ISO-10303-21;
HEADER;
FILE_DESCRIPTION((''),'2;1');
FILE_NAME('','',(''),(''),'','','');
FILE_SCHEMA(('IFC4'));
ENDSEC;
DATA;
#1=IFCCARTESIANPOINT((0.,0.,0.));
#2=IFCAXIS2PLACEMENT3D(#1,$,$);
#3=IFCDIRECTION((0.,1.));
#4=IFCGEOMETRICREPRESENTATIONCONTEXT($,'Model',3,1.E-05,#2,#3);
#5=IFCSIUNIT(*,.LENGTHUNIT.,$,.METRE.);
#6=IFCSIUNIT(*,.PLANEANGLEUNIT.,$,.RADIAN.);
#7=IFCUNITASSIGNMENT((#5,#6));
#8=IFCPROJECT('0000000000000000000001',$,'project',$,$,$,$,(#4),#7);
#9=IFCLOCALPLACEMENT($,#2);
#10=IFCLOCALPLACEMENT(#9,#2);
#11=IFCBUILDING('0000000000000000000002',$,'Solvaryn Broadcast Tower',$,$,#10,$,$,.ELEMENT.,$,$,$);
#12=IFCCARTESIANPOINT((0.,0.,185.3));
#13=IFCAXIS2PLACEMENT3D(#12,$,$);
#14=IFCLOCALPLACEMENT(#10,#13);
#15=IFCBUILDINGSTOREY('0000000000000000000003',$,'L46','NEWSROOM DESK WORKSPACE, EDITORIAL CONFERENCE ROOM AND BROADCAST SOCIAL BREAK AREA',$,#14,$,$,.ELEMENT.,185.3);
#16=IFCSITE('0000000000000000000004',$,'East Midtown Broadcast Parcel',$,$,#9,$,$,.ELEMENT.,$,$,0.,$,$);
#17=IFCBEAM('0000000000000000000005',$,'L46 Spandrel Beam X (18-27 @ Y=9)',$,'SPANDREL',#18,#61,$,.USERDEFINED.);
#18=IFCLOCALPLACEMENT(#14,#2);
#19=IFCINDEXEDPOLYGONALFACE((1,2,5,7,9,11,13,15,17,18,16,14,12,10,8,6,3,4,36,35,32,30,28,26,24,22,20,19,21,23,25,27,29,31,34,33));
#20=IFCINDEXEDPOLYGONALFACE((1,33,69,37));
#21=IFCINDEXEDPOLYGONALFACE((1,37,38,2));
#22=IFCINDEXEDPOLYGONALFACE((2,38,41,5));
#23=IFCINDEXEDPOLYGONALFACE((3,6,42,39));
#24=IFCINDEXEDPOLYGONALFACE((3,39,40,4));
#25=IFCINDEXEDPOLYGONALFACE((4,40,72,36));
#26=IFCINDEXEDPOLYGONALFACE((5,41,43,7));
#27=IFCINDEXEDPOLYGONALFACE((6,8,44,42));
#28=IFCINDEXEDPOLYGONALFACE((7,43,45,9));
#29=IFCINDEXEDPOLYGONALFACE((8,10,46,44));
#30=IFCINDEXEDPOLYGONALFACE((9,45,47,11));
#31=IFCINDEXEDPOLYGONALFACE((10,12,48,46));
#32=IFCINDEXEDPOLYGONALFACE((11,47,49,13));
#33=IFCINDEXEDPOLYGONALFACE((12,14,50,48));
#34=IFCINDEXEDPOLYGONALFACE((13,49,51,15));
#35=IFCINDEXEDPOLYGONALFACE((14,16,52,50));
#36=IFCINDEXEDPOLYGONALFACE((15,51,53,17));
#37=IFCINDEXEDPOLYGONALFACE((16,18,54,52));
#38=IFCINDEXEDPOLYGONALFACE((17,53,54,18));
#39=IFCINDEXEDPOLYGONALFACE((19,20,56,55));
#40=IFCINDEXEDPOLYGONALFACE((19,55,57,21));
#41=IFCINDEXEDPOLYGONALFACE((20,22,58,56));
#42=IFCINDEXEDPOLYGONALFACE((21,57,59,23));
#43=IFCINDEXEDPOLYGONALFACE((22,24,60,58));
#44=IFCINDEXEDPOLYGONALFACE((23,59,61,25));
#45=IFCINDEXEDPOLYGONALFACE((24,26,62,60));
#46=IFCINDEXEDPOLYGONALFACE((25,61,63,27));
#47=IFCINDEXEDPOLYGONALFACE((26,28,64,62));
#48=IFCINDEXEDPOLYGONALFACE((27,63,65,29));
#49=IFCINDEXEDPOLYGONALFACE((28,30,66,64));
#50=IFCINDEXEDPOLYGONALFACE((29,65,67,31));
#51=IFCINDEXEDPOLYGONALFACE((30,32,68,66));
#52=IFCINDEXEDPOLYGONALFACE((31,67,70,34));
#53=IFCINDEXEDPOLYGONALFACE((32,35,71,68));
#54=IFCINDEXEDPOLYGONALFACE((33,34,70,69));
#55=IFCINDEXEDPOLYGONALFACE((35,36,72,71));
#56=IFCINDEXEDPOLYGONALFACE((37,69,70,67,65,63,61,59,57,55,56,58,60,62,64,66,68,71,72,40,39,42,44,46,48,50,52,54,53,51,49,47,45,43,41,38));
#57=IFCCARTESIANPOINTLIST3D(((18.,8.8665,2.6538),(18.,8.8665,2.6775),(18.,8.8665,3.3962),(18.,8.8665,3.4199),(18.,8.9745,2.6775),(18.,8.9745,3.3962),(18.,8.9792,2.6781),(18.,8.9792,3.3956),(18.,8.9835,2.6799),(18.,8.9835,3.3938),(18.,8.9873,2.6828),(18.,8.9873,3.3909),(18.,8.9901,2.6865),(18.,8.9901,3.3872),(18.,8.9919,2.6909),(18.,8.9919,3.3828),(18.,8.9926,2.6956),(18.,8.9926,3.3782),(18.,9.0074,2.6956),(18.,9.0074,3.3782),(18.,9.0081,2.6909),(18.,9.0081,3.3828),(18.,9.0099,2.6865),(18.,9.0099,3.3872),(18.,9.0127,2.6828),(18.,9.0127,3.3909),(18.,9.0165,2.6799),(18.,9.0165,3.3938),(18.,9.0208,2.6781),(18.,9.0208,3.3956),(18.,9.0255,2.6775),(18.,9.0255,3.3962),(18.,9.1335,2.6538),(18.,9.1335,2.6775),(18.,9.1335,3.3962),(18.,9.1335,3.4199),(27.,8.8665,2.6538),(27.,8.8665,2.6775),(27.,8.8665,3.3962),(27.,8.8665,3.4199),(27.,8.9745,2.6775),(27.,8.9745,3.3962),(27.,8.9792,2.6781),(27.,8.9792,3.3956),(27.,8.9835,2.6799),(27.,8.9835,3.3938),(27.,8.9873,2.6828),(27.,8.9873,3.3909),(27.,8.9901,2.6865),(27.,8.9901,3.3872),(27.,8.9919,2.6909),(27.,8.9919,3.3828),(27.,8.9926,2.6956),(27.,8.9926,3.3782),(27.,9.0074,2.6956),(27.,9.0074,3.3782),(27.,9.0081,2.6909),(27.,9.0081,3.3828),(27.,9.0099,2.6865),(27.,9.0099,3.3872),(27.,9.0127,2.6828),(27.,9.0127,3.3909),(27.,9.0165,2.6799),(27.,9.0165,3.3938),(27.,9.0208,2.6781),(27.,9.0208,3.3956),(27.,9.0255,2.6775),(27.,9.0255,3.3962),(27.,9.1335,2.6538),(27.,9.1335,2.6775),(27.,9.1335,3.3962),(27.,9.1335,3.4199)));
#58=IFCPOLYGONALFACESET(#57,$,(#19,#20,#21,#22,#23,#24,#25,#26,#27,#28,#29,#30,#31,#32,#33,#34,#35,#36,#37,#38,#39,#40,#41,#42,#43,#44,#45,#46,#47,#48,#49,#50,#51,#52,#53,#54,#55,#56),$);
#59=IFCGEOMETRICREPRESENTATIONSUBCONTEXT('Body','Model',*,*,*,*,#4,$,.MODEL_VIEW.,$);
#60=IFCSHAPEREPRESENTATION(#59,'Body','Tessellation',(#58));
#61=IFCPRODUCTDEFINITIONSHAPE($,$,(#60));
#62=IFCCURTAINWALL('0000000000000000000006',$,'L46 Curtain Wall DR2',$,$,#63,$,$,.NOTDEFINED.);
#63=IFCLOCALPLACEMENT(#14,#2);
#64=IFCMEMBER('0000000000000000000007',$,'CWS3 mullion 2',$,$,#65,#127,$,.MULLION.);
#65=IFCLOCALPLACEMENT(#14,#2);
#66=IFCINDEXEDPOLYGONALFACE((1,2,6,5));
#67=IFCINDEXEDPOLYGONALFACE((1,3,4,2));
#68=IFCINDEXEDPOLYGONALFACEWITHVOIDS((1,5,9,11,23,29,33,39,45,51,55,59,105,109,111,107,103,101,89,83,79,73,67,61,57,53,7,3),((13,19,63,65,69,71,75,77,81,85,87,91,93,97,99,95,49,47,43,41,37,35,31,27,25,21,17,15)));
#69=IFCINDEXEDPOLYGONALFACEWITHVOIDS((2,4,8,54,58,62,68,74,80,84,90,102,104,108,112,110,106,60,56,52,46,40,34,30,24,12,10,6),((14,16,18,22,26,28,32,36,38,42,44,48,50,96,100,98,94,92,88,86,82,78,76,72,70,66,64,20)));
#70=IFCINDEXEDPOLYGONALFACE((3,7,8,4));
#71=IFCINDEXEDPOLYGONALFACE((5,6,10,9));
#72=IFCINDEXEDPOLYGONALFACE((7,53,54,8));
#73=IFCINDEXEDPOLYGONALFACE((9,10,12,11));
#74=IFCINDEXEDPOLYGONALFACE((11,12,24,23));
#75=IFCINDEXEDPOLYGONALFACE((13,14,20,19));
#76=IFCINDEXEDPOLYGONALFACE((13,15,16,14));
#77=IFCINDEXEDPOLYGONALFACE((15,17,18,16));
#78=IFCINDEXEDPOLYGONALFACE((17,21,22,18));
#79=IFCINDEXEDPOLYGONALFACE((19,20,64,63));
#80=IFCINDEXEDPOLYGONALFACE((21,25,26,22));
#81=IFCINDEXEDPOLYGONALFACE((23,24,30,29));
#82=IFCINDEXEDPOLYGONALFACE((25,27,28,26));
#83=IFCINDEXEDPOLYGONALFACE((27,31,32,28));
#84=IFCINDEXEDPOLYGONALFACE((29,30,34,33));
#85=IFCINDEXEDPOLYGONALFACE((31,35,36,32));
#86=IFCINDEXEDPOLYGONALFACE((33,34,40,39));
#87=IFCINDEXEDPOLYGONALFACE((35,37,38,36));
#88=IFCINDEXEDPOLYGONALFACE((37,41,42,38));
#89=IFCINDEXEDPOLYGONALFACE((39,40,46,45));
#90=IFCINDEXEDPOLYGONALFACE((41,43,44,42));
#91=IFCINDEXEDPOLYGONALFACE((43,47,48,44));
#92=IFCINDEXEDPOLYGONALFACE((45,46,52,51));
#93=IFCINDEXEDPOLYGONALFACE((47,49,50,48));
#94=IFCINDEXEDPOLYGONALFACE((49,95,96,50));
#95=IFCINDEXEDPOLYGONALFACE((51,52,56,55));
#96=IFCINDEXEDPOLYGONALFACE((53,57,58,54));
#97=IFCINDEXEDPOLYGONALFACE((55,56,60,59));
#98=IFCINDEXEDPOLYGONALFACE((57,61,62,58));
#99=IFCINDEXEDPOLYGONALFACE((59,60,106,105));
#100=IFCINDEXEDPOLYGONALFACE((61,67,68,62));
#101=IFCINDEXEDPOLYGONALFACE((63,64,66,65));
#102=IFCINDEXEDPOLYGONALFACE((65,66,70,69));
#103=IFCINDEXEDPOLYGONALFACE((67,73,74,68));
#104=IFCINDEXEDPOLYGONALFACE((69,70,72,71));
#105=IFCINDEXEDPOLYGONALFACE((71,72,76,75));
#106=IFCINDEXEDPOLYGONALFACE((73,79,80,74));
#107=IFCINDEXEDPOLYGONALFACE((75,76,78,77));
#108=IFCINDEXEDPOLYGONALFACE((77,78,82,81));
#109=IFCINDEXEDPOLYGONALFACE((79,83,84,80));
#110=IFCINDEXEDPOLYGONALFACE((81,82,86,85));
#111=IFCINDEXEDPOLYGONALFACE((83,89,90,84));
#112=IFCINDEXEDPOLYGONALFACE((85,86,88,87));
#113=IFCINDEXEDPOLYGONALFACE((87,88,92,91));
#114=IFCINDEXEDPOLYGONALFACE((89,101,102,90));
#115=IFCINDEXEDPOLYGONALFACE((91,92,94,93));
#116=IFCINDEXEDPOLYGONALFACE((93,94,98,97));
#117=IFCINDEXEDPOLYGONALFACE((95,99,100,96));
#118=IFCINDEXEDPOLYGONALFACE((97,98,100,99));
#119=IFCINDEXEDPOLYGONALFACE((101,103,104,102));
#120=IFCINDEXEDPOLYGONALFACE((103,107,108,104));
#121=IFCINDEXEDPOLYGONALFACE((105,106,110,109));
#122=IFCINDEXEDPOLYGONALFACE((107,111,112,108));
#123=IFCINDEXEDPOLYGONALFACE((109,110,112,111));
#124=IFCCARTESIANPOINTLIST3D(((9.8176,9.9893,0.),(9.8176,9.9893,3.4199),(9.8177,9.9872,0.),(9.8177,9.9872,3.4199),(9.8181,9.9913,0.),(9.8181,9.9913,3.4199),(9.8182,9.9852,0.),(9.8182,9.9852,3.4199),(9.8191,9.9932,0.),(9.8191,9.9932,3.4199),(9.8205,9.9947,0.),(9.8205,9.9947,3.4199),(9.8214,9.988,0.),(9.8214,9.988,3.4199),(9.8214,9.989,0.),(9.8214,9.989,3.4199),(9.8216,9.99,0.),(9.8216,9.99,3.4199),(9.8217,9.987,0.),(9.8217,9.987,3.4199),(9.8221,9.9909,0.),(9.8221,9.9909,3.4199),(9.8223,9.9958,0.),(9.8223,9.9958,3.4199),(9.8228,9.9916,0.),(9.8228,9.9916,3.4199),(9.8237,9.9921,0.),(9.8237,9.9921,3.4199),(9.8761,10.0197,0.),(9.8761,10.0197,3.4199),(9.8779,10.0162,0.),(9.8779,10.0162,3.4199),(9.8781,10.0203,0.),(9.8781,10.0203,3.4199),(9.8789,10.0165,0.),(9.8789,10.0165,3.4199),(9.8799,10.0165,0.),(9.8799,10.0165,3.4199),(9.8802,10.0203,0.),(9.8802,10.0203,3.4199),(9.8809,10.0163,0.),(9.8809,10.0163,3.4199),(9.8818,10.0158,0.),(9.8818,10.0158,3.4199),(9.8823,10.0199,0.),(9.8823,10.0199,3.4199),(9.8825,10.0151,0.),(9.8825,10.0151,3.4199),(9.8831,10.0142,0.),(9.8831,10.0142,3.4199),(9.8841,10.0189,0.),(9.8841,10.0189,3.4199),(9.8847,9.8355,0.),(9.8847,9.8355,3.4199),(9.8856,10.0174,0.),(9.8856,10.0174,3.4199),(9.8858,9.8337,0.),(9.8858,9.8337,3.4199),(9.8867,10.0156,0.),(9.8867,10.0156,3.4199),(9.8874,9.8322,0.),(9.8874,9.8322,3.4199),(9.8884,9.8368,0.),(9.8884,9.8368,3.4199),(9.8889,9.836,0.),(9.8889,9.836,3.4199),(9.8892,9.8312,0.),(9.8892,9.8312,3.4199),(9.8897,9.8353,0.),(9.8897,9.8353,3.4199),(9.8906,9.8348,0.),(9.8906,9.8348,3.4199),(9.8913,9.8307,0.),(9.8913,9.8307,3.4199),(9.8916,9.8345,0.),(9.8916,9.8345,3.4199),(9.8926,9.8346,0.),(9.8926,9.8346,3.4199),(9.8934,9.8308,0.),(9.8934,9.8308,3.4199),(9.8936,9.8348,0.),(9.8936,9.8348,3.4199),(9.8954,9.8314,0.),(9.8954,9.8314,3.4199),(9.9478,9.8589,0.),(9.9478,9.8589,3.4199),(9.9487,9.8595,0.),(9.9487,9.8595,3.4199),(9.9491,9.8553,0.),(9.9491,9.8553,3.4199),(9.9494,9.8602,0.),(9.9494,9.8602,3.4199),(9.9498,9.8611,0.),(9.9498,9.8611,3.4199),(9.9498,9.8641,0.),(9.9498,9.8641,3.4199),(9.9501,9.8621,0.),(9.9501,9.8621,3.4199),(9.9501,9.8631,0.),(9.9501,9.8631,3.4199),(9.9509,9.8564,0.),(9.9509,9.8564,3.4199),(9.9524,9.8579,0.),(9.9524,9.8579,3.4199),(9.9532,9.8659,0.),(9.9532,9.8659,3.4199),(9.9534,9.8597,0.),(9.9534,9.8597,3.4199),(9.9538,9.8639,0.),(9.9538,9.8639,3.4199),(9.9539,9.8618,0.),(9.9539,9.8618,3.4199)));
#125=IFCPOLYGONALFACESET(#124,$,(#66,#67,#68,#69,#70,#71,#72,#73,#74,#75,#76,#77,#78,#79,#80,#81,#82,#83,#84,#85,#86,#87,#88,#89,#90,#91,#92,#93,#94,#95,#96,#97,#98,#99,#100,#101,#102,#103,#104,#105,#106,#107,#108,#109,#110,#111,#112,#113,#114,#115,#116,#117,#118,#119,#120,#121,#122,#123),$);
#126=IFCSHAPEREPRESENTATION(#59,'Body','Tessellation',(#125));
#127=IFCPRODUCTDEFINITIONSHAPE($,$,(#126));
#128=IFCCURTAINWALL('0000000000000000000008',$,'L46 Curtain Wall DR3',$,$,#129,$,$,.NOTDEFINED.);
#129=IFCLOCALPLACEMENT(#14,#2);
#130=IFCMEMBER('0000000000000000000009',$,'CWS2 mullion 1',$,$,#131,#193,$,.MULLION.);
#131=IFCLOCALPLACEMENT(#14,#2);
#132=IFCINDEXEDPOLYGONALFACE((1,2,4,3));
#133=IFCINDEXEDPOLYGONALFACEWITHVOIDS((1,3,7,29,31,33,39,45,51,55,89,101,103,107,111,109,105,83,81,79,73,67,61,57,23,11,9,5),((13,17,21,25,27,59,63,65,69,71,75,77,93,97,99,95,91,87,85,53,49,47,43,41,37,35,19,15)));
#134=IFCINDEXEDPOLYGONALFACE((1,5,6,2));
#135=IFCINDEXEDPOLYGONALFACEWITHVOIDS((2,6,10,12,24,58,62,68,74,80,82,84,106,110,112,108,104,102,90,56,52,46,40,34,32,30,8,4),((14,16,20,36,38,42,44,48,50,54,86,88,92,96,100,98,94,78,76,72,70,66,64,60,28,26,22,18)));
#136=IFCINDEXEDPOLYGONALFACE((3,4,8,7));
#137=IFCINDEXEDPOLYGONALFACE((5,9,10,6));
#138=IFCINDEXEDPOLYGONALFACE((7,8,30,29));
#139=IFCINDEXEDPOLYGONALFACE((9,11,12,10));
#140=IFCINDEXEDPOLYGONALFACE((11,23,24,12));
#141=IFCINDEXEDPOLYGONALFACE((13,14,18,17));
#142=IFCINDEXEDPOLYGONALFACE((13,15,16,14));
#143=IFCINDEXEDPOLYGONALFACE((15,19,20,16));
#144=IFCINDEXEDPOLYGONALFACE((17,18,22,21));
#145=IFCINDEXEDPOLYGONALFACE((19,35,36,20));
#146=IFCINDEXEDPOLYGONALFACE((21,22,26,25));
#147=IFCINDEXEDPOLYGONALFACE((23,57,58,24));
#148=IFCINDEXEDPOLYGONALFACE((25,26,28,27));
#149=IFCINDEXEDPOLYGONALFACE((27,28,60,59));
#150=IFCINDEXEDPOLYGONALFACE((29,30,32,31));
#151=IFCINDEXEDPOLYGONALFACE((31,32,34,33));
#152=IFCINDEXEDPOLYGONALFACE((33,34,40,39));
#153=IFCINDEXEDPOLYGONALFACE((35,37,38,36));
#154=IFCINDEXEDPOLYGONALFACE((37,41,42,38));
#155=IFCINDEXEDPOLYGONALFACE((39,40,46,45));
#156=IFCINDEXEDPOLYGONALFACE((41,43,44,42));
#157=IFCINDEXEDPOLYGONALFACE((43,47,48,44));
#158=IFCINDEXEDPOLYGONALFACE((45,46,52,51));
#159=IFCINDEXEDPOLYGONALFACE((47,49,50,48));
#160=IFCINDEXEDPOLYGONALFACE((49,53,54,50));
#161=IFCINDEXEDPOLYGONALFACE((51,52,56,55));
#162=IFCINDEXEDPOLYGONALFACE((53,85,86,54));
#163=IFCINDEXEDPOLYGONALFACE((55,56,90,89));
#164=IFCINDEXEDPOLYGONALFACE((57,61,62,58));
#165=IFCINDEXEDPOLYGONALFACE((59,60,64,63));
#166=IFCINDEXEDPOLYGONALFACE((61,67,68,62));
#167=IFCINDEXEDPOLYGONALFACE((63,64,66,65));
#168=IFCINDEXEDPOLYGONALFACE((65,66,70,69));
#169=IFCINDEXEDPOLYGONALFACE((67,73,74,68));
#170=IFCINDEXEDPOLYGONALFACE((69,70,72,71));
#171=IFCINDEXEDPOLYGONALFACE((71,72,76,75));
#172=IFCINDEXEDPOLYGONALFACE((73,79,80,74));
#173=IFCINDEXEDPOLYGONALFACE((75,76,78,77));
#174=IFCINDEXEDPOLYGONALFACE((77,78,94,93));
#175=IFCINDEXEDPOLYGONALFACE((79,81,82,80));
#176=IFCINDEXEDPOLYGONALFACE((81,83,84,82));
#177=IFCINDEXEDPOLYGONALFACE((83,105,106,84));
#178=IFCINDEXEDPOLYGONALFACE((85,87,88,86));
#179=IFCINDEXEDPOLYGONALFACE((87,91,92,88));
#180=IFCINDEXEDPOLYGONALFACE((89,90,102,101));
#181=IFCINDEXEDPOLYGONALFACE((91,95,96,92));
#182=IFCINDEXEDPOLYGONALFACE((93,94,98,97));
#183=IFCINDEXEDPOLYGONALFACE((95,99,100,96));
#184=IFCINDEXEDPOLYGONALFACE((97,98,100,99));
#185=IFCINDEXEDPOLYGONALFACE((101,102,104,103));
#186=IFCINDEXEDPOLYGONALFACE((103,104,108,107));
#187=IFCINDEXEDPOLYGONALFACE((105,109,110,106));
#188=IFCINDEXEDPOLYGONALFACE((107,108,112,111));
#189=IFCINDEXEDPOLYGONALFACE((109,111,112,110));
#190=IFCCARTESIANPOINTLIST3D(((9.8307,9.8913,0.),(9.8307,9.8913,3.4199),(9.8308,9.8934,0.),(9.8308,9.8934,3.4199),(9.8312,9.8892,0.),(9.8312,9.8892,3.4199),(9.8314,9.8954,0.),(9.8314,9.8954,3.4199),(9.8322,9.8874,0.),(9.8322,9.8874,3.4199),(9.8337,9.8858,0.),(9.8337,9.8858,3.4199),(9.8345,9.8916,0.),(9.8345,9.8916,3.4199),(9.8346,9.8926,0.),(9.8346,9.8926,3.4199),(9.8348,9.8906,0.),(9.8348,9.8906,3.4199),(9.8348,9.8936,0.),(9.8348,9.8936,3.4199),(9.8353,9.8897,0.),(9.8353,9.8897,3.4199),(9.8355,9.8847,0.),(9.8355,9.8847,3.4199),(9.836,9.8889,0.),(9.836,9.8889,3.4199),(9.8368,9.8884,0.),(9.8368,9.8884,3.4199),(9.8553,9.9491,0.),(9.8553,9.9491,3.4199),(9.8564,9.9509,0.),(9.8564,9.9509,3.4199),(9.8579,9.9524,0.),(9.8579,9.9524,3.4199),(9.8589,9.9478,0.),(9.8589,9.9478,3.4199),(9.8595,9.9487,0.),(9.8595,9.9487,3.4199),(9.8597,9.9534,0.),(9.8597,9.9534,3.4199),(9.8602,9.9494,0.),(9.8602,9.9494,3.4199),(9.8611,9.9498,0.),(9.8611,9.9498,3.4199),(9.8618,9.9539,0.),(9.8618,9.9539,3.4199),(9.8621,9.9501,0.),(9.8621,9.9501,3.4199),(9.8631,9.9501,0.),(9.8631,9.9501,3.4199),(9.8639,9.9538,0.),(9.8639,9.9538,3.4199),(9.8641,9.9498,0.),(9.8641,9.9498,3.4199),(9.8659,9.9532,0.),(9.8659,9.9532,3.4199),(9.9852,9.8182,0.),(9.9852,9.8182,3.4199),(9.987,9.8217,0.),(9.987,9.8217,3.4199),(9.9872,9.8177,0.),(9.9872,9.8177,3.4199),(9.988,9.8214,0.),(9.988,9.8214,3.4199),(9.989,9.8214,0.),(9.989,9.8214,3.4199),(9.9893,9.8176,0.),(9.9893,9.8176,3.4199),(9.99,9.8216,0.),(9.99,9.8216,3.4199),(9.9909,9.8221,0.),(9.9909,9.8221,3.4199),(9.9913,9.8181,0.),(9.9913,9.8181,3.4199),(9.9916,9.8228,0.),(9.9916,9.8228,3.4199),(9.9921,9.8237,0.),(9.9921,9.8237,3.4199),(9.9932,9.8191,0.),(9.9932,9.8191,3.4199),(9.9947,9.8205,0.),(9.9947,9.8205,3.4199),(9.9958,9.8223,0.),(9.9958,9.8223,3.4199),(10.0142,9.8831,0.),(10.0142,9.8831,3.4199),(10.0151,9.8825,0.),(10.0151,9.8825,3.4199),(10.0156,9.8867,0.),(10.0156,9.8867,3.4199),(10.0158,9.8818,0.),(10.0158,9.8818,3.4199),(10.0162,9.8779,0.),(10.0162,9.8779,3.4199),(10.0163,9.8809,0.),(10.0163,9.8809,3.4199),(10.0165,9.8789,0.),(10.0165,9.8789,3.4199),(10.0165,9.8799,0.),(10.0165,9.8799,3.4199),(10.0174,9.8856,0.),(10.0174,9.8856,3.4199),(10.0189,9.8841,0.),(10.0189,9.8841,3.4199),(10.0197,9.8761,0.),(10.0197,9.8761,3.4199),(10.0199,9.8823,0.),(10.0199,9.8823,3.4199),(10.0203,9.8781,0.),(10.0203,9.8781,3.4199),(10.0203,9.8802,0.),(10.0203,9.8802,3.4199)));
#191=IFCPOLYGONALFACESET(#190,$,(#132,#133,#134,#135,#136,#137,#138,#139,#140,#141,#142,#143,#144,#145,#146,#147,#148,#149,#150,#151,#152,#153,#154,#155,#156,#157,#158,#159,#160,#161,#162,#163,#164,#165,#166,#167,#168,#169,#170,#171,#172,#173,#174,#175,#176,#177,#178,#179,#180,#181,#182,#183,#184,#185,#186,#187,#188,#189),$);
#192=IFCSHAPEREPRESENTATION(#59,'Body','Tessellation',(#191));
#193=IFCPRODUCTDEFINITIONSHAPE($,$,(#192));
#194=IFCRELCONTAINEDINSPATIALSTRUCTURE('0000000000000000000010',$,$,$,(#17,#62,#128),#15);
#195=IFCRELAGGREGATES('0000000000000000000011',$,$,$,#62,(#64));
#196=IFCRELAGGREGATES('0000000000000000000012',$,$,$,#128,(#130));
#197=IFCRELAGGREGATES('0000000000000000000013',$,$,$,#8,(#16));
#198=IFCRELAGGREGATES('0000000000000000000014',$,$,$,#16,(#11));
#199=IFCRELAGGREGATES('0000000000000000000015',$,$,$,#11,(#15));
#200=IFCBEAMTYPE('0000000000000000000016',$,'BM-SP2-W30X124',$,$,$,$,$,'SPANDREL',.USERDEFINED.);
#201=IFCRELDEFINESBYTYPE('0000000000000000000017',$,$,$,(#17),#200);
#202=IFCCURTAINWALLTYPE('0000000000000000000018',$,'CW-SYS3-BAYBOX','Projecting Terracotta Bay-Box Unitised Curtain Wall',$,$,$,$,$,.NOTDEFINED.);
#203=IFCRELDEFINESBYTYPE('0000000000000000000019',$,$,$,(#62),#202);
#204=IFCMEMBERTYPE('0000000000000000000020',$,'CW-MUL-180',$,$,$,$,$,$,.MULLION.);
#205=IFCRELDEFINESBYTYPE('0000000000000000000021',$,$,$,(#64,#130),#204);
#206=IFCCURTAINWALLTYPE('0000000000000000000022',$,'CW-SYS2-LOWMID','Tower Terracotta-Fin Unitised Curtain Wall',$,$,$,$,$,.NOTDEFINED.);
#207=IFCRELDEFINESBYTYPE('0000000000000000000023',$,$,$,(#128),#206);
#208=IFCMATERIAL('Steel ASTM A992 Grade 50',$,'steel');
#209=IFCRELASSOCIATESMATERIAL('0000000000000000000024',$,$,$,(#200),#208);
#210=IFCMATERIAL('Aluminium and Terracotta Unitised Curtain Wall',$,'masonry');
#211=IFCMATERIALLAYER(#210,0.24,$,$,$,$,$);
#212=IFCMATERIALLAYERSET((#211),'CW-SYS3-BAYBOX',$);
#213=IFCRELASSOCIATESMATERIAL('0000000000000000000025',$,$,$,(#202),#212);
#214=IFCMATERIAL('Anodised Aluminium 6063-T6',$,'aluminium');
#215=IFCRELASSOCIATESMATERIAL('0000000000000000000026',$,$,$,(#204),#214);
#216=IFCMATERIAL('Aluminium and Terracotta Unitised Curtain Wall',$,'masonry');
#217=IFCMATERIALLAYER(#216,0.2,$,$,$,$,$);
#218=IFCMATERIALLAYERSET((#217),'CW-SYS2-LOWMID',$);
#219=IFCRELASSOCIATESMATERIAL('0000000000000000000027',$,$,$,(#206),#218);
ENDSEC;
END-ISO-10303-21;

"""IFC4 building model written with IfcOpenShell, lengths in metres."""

from ifc_helpers import new_model, si_unit, direction, frame, origin, origin_2d, place, context, subcontext, project, spatial, hollow_rectangle, i_section, extrude, material, layer, layer_set, material_profile, profile_set, type_object, element, aggregate, save


model = new_model("IFC4")

# Units and contexts
model_context = context("Model", 3, precision=1e-05, world=origin(), true_north=direction((0.0, 1.0)))
body_context = subcontext(model_context, "Body", "Model", "MODEL_VIEW")
ifc_project = project(units=[si_unit("LENGTHUNIT", "METRE"), si_unit("PLANEANGLEUNIT", "RADIAN")], contexts=[model_context])

# Site, building, storey
site_placement = place(None, origin())
site = spatial("IfcSite", under=ifc_project, at=site_placement, Name="East Midtown Broadcast Parcel", CompositionType="ELEMENT", RefElevation=0.0)
building_placement = place(site_placement, origin())
building = spatial("IfcBuilding", under=site, at=building_placement, Name="Solvaryn Broadcast Tower", CompositionType="ELEMENT")
storey_placement = place(building_placement, frame((0.0, 0.0, 185.3)))
storey = spatial("IfcBuildingStorey", under=building, at=storey_placement, Name="L46", Description="NEWSROOM DESK WORKSPACE, EDITORIAL CONFERENCE ROOM AND BROADCAST SOCIAL BREAK AREA", CompositionType="ELEMENT", Elevation=185.3)

# Beam
ifc_material_1 = material(Name="Steel ASTM A992 Grade 50", Category="steel")
ifc_material_profile_1 = material_profile(ifc_material_1, i_section(OverallWidth=0.2671, OverallDepth=0.7661, WebThickness=0.0149, FlangeThickness=0.0237, FilletRadius=0.0181, at=origin_2d()))
ifc_profile_set_1 = profile_set([ifc_material_profile_1], Name="Steel ASTM A992 Grade 50")
beam_type_1 = type_object("IfcBeamType", Name="BM-SP2-W30X124", ElementType="SPANDREL", PredefinedType="USERDEFINED", material=ifc_profile_set_1)
beam_1_placement = place(storey_placement, frame((18.0, 9.0, 3.0369), z_axis=(1.0, 0.0, 0.0), x_axis=(0.0, 1.0, 0.0)))
element("IfcBeam", 1, at=beam_1_placement, inside=storey, type_object=beam_type_1, Name="L46 Spandrel Beam X (18-27 @ Y=9)", ObjectType="SPANDREL", PredefinedType="USERDEFINED", context=body_context, shape_type="SweptSolid", body=[
    extrude(i_section(OverallWidth=0.2671, OverallDepth=0.7661, WebThickness=0.0149, FlangeThickness=0.0237, FilletRadius=0.0181, at=origin_2d()), origin(), (0.0, 0.0, 1.0), 9.0),
])

# Curtain wall, member
ifc_material_2 = material(Name="Aluminium and Terracotta Unitised Curtain Wall", Category="masonry")
ifc_layer_1 = layer(ifc_material_2, 0.24)
ifc_layer_set_1 = layer_set([ifc_layer_1], Name="CW-SYS3-BAYBOX")
curtain_wall_type_1 = type_object("IfcCurtainWallType", Name="CW-SYS3-BAYBOX", Description="Projecting Terracotta Bay-Box Unitised Curtain Wall", PredefinedType="NOTDEFINED", material=ifc_layer_set_1)
curtain_wall_1_placement = place(storey_placement, origin())
curtain_wall_1 = element("IfcCurtainWall", 2, at=curtain_wall_1_placement, inside=storey, type_object=curtain_wall_type_1, Name="L46 Curtain Wall DR2", PredefinedType="NOTDEFINED")
ifc_material_3 = material(Name="Anodised Aluminium 6063-T6", Category="aluminium")
ifc_material_profile_2 = material_profile(ifc_material_3, hollow_rectangle(XDim=0.075, YDim=0.1799, WallThickness=0.0039, InnerFilletRadius=0.0039, OuterFilletRadius=0.0081, at=origin_2d()))
ifc_profile_set_2 = profile_set([ifc_material_profile_2], Name="Anodised Aluminium 6063-T6")
member_type_1 = type_object("IfcMemberType", Name="CW-MUL-180", PredefinedType="MULLION", material=ifc_profile_set_2)
member_1_placement = place(storey_placement, frame((9.8857, 9.9255, 0.0), z_axis=(0.0, 0.0, 1.0), x_axis=(0.913917, 0.405901, 0.0)))
member_1 = element("IfcMember", 3, at=member_1_placement, type_object=member_type_1, Name="CWS3 mullion 2", PredefinedType="MULLION", context=body_context, shape_type="SweptSolid", body=[
    extrude(hollow_rectangle(XDim=0.075, YDim=0.1799, WallThickness=0.0039, InnerFilletRadius=0.0039, OuterFilletRadius=0.0081, at=origin_2d()), origin(), (0.0, 0.0, 1.0), 3.4199),
])
aggregate(curtain_wall_1, [member_1])

# Curtain wall, member
ifc_material_4 = material(Name="Aluminium and Terracotta Unitised Curtain Wall", Category="masonry")
ifc_layer_2 = layer(ifc_material_4, 0.2)
ifc_layer_set_2 = layer_set([ifc_layer_2], Name="CW-SYS2-LOWMID")
curtain_wall_type_2 = type_object("IfcCurtainWallType", Name="CW-SYS2-LOWMID", Description="Tower Terracotta-Fin Unitised Curtain Wall", PredefinedType="NOTDEFINED", material=ifc_layer_set_2)
curtain_wall_2_placement = place(storey_placement, origin())
curtain_wall_2 = element("IfcCurtainWall", 4, at=curtain_wall_2_placement, inside=storey, type_object=curtain_wall_type_2, Name="L46 Curtain Wall DR3", PredefinedType="NOTDEFINED")
member_2_placement = place(storey_placement, frame((9.9255, 9.8857, 0.0), z_axis=(0.0, 0.0, 1.0), x_axis=(0.405901, 0.913917, 0.0)))
member_2 = element("IfcMember", 5, at=member_2_placement, type_object=member_type_1, Name="CWS2 mullion 1", PredefinedType="MULLION", context=body_context, shape_type="SweptSolid", body=[
    extrude(hollow_rectangle(XDim=0.075, YDim=0.1799, WallThickness=0.0039, InnerFilletRadius=0.0039, OuterFilletRadius=0.0081, at=origin_2d()), origin(), (0.0, 0.0, 1.0), 3.4199),
])
aggregate(curtain_wall_2, [member_2])

save(model, "model.ifc")
